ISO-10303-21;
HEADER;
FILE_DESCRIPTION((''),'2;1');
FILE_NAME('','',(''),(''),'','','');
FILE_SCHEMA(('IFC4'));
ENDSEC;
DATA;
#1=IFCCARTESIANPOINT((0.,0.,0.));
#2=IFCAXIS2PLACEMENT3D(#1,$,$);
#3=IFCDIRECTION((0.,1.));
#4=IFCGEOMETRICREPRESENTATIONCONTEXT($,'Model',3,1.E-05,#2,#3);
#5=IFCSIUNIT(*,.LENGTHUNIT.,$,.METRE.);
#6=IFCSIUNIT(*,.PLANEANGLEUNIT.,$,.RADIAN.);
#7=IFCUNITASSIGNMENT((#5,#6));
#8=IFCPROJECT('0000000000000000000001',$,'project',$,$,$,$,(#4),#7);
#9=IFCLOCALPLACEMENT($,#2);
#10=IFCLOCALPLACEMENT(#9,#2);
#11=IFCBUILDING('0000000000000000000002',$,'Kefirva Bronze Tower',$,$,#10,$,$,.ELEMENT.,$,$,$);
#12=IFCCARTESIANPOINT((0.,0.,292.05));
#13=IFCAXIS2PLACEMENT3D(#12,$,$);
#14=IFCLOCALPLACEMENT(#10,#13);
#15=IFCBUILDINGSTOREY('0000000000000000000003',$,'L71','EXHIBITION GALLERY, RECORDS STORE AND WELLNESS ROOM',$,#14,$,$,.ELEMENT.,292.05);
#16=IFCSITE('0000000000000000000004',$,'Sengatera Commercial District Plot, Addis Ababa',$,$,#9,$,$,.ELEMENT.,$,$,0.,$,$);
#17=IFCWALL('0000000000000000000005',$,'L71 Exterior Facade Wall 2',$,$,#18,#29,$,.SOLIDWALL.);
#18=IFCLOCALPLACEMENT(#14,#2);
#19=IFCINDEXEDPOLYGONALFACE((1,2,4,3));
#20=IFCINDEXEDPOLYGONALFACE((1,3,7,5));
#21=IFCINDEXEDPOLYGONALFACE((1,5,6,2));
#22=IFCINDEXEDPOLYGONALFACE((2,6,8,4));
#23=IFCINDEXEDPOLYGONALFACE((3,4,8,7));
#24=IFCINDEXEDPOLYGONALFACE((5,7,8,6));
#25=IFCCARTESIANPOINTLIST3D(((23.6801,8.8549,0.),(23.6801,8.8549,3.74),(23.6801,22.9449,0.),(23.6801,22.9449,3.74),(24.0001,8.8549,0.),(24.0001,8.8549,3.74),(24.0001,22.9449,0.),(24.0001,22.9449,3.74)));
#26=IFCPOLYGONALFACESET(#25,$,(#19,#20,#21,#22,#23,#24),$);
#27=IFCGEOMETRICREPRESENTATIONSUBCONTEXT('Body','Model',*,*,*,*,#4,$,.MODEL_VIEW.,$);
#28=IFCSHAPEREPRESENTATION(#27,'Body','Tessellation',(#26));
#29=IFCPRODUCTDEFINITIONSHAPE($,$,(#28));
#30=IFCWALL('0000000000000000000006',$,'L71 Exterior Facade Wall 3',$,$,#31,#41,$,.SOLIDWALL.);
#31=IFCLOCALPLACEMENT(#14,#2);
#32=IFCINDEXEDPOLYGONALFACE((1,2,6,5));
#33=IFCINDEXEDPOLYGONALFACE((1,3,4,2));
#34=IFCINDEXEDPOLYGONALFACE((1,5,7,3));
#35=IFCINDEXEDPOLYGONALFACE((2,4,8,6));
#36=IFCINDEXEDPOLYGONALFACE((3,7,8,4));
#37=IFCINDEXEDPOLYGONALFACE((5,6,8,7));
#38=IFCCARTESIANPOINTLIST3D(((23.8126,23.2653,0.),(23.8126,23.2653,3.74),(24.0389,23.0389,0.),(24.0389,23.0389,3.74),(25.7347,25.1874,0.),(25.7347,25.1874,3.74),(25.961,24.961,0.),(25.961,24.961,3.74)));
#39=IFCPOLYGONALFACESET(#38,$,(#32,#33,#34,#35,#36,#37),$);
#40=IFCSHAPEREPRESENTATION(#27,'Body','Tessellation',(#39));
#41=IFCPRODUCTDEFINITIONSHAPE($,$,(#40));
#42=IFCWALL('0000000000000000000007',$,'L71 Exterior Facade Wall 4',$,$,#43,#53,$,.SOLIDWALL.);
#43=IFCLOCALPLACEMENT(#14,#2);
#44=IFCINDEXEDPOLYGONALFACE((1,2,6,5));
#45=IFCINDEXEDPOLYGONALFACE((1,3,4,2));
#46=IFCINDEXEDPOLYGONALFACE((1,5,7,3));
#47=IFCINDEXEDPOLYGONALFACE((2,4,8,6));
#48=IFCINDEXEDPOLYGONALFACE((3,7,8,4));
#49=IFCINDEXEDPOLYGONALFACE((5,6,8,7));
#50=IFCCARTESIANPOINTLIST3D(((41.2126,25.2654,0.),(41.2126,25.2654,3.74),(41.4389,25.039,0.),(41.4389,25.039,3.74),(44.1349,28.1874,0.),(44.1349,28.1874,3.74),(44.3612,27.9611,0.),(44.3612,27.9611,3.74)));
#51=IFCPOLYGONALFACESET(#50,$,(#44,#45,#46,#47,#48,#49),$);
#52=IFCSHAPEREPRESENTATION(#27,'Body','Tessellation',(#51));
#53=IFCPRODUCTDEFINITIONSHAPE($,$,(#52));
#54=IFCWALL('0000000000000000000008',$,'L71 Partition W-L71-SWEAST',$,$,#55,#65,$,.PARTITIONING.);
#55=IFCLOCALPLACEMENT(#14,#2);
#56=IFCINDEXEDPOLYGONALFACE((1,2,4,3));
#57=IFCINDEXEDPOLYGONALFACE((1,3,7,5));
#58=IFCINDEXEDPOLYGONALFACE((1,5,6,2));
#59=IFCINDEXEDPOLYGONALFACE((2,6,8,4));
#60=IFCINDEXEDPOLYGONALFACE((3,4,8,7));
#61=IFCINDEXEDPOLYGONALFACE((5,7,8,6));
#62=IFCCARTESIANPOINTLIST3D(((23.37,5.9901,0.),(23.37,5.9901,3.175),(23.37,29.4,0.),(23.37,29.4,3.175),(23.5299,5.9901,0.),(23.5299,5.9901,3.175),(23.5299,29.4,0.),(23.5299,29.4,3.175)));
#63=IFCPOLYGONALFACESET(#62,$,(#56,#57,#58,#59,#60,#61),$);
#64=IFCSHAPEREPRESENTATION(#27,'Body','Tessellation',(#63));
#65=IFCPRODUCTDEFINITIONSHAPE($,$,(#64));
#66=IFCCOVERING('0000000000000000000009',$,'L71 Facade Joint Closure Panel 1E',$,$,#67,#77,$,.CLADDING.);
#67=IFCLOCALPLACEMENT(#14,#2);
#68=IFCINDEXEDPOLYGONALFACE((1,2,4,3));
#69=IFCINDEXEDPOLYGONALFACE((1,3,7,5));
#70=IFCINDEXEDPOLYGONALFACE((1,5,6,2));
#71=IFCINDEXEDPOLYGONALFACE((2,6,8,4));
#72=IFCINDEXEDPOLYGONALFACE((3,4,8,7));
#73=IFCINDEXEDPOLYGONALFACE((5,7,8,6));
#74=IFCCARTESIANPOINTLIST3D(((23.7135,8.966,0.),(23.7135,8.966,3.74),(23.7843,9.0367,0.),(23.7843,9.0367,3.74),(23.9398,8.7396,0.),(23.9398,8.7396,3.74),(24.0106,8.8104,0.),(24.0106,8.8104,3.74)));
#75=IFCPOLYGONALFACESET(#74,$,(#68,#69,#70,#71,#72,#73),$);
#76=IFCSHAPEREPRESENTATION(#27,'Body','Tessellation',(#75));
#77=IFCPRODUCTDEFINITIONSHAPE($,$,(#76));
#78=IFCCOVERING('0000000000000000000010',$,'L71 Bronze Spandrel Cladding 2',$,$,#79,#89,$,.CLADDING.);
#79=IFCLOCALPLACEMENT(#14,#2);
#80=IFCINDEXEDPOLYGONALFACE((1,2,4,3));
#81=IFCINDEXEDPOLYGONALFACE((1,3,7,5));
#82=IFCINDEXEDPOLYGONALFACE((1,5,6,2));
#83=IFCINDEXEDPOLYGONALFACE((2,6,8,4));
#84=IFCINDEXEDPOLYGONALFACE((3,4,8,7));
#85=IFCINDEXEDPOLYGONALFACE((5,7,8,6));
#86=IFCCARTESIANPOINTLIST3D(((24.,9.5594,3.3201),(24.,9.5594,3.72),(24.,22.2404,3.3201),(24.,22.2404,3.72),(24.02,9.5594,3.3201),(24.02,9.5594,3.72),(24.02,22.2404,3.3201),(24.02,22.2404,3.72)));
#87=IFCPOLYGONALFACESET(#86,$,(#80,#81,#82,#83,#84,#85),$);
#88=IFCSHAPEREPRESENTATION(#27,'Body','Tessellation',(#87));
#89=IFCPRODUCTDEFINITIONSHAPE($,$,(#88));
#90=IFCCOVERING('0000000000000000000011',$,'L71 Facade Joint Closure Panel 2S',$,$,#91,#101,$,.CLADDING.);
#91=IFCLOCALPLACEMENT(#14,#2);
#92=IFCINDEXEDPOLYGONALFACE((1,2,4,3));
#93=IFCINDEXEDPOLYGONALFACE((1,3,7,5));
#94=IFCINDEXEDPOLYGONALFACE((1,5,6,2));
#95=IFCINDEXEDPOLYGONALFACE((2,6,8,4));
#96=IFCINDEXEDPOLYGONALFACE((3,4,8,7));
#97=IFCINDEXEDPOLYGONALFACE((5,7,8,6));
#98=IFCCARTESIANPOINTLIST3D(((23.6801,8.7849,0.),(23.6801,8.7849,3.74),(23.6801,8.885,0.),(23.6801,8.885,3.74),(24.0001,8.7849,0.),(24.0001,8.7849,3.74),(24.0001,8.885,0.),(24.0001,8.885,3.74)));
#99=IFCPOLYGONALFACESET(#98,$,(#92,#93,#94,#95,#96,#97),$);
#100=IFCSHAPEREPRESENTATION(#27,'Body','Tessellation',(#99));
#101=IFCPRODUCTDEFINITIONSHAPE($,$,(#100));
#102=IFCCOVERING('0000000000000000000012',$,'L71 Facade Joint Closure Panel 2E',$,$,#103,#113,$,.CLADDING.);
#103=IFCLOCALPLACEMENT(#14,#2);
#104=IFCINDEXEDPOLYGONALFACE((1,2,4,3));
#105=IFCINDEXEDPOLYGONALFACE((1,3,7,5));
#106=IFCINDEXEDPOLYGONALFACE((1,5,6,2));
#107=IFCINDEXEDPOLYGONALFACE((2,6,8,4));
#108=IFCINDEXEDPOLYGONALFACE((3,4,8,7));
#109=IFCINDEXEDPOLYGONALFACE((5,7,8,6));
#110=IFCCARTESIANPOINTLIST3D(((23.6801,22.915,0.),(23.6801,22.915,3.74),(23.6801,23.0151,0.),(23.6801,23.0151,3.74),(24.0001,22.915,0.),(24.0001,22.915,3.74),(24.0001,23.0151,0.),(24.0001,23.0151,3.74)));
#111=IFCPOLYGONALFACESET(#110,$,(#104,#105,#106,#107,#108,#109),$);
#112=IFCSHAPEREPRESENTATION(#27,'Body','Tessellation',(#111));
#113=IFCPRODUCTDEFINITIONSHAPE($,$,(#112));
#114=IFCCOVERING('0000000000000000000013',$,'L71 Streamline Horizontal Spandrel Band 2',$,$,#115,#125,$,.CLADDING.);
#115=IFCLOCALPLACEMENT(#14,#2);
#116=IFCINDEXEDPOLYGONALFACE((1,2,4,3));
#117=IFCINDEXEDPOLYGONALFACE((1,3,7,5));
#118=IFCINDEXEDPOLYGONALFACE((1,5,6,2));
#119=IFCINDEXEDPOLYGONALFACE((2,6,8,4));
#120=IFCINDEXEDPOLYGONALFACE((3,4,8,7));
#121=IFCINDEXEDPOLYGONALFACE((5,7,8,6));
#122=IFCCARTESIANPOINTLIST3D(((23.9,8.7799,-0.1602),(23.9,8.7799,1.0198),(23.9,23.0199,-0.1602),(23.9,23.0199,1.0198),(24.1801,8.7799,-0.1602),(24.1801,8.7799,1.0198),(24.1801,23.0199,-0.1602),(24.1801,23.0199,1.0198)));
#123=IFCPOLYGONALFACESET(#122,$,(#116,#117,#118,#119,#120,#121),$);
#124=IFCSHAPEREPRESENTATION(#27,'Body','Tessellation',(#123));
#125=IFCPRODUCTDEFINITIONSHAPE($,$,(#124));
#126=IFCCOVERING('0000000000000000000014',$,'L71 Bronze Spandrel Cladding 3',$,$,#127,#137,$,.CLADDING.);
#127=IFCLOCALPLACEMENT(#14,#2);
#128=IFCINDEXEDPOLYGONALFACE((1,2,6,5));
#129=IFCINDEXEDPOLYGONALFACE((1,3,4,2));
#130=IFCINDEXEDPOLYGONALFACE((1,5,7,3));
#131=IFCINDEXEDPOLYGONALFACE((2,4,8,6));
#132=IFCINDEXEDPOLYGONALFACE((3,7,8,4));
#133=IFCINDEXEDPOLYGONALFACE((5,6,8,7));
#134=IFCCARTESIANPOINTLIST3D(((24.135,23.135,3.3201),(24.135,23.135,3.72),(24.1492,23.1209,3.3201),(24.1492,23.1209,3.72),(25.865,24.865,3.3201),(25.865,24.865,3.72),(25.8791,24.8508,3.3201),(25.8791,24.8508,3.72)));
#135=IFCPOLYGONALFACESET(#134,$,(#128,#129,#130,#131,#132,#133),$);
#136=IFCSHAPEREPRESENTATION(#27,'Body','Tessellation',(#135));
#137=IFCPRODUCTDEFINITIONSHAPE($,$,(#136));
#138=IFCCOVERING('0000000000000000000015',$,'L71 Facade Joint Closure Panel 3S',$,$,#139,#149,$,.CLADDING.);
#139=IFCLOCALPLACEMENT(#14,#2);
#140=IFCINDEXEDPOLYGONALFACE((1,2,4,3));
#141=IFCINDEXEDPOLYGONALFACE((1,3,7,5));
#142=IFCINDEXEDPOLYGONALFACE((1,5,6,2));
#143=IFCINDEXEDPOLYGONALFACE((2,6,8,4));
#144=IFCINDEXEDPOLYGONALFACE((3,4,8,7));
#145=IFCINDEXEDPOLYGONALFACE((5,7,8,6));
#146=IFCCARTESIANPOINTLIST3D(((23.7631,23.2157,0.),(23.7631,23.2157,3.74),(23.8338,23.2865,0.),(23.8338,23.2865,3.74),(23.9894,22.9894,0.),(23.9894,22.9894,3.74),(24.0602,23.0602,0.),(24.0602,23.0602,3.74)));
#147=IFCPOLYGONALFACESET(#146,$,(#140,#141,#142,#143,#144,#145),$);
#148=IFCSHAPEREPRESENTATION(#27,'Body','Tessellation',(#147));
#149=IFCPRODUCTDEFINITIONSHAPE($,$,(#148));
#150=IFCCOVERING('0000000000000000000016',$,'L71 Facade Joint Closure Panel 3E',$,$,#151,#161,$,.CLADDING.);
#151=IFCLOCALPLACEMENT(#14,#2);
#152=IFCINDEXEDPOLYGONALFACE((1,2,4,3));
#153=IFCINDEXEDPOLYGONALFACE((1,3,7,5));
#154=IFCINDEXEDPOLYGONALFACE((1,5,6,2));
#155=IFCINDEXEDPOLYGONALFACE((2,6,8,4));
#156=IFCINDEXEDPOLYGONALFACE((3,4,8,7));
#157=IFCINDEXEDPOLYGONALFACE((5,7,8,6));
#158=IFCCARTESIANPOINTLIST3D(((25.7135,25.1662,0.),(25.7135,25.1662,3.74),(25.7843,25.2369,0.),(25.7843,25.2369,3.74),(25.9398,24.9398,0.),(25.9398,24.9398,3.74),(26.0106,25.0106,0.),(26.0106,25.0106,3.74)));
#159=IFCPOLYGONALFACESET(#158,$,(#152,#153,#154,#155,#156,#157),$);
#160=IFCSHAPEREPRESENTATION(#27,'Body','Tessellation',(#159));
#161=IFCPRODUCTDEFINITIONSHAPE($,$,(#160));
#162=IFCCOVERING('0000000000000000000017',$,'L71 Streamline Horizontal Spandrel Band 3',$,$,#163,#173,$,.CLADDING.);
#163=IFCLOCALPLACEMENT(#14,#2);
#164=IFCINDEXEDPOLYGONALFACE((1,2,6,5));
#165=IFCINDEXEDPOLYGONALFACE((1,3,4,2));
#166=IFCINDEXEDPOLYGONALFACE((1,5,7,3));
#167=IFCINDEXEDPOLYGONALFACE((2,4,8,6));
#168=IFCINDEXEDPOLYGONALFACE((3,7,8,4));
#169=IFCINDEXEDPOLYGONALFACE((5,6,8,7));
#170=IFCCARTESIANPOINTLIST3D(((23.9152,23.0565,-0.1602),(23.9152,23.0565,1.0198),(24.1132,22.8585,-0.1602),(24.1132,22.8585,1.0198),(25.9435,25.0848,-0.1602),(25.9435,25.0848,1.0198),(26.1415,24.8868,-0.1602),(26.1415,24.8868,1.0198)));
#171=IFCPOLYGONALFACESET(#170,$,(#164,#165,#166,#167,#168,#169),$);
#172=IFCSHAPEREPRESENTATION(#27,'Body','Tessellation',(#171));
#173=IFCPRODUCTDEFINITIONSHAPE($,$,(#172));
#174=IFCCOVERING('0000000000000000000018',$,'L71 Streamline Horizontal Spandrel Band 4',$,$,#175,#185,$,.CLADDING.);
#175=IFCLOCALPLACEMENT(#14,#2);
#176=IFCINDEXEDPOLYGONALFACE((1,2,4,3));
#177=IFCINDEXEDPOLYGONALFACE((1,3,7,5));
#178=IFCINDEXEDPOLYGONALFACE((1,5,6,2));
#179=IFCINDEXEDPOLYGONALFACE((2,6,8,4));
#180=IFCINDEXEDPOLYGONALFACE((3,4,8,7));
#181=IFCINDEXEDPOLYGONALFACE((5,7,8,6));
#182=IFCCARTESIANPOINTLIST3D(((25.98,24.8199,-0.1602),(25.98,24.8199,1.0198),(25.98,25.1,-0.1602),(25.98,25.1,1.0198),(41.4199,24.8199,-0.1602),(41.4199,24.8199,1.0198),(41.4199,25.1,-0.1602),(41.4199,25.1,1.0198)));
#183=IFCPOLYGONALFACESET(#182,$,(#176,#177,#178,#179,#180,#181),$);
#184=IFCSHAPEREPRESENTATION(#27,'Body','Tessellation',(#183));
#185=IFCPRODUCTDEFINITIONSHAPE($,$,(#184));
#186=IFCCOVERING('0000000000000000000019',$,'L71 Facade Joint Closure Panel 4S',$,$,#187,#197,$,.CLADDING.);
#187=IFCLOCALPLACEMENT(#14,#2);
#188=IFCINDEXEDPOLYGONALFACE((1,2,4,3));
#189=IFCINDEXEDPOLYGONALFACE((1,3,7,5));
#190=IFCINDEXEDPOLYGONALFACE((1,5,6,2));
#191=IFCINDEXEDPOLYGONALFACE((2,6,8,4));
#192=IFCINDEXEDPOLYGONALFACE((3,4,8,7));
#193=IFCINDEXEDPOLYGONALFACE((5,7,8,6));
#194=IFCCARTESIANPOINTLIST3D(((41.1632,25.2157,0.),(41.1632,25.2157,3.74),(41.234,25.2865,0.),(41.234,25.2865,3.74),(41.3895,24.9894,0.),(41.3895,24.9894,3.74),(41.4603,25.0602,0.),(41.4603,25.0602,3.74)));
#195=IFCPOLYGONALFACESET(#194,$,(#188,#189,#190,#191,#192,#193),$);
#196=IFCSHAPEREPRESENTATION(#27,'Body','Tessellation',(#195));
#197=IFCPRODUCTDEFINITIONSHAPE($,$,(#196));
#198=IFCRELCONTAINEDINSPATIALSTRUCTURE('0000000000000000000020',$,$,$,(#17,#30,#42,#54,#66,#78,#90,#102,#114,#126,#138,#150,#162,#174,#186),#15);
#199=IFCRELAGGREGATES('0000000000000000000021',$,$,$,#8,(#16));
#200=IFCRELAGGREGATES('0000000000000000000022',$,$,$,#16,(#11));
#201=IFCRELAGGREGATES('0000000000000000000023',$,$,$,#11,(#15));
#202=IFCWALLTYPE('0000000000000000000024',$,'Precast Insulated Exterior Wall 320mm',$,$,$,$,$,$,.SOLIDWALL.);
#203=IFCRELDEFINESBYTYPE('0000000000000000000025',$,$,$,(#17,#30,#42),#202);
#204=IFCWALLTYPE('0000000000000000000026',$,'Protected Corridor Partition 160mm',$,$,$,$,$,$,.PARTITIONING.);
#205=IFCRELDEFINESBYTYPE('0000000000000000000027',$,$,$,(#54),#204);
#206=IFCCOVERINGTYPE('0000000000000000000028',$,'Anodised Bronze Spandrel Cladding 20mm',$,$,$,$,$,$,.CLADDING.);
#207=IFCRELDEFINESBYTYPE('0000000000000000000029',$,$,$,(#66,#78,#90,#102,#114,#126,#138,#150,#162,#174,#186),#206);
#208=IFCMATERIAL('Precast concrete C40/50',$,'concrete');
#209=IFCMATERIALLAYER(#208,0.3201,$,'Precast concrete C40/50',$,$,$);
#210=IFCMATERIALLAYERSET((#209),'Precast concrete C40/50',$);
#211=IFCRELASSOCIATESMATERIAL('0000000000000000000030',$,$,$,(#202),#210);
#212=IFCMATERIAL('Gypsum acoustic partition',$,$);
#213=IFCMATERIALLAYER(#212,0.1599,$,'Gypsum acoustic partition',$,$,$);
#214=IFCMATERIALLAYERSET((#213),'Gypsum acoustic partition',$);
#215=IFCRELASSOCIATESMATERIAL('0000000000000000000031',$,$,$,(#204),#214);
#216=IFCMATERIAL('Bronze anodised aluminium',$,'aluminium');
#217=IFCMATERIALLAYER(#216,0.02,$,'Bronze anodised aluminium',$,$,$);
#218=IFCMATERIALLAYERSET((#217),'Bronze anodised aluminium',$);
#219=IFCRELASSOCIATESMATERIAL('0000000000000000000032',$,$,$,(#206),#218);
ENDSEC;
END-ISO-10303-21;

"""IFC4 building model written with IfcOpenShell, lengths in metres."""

from ifc_helpers import new_model, si_unit, direction, frame, frame_2d, origin, origin_2d, place, context, subcontext, project, spatial, rectangle, extrude, material, layer, layer_set, type_object, element, save


model = new_model("IFC4")

# Units and contexts
model_context = context("Model", 3, precision=1e-05, world=origin(), true_north=direction((0.0, 1.0)))
body_context = subcontext(model_context, "Body", "Model", "MODEL_VIEW")
ifc_project = project(units=[si_unit("LENGTHUNIT", "METRE"), si_unit("PLANEANGLEUNIT", "RADIAN")], contexts=[model_context])

# Site, building, storey
site_placement = place(None, origin())
site = spatial("IfcSite", under=ifc_project, at=site_placement, Name="Sengatera Commercial District Plot, Addis Ababa", CompositionType="ELEMENT", RefElevation=0.0)
building_placement = place(site_placement, origin())
building = spatial("IfcBuilding", under=site, at=building_placement, Name="Kefirva Bronze Tower", CompositionType="ELEMENT")
storey_placement = place(building_placement, frame((0.0, 0.0, 292.05)))
storey = spatial("IfcBuildingStorey", under=building, at=storey_placement, Name="L71", Description="EXHIBITION GALLERY, RECORDS STORE AND WELLNESS ROOM", CompositionType="ELEMENT", Elevation=292.05)

# Shared definitions
ifc_material_1 = material(Name="Bronze anodised aluminium", Category="aluminium")

# Walls
ifc_material_2 = material(Name="Gypsum acoustic partition")
ifc_material_3 = material(Name="Precast concrete C40/50", Category="concrete")
ifc_layer_1 = layer(ifc_material_3, 0.3201, Name="Precast concrete C40/50")
ifc_layer_set_1 = layer_set([ifc_layer_1], Name="Precast concrete C40/50")
wall_type_1 = type_object("IfcWallType", Name="Precast Insulated Exterior Wall 320mm", PredefinedType="SOLIDWALL", material=ifc_layer_set_1)
wall_1_placement = place(storey_placement, frame((23.8401, 8.855, 0.0), z_axis=(0.0, 0.0, 1.0), x_axis=(0.0, 1.0, 0.0)))
element("IfcWall", 1, at=wall_1_placement, inside=storey, type_object=wall_type_1, Name="L71 Exterior Facade Wall 2", PredefinedType="SOLIDWALL", context=body_context, shape_type="SweptSolid", body=[
    extrude(rectangle(XDim=14.0901, YDim=0.3201, at=frame_2d((7.0449, 0.0))), origin(), (0.0, 0.0, 1.0), 3.74),
])
wall_2_placement = place(storey_placement, frame((23.9258, 23.1521, 0.0), z_axis=(0.0, 0.0, 1.0), x_axis=(0.707107, 0.707107, 0.0)))
element("IfcWall", 2, at=wall_2_placement, inside=storey, type_object=wall_type_1, Name="L71 Exterior Facade Wall 3", PredefinedType="SOLIDWALL", context=body_context, shape_type="SweptSolid", body=[
    extrude(rectangle(XDim=2.7183, YDim=0.3201, at=frame_2d((1.3591, 0.0))), origin(), (0.0, 0.0, 1.0), 3.74),
])
wall_3_placement = place(storey_placement, frame((41.3257, 25.1521, 0.0), z_axis=(0.0, 0.0, 1.0), x_axis=(0.707136, 0.707077, 0.0)))
element("IfcWall", 3, at=wall_3_placement, inside=storey, type_object=wall_type_1, Name="L71 Exterior Facade Wall 4", PredefinedType="SOLIDWALL", context=body_context, shape_type="SweptSolid", body=[
    extrude(rectangle(XDim=4.1326, YDim=0.3201, at=frame_2d((2.0664, 0.0))), origin(), (0.0, 0.0, 1.0), 3.74),
])
ifc_layer_2 = layer(ifc_material_2, 0.1599, Name="Gypsum acoustic partition")
ifc_layer_set_2 = layer_set([ifc_layer_2], Name="Gypsum acoustic partition")
wall_type_2 = type_object("IfcWallType", Name="Protected Corridor Partition 160mm", PredefinedType="PARTITIONING", material=ifc_layer_set_2)
wall_4_placement = place(storey_placement, frame((23.45, 5.99, 0.0), z_axis=(0.0, 0.0, 1.0), x_axis=(0.0, 1.0, 0.0)))
element("IfcWall", 4, at=wall_4_placement, inside=storey, type_object=wall_type_2, Name="L71 Partition W-L71-SWEAST", PredefinedType="PARTITIONING", context=body_context, shape_type="SweptSolid", body=[
    extrude(rectangle(XDim=23.4099, YDim=0.1599, at=frame_2d((11.7051, 0.0))), origin(), (0.0, 0.0, 1.0), 3.175),
])

# Coverings
ifc_layer_3 = layer(ifc_material_1, 0.02, Name="Bronze anodised aluminium")
ifc_layer_set_3 = layer_set([ifc_layer_3], Name="Bronze anodised aluminium")
covering_type_1 = type_object("IfcCoveringType", Name="Anodised Bronze Spandrel Cladding 20mm", PredefinedType="CLADDING", material=ifc_layer_set_3)
covering_1_placement = place(storey_placement, frame((23.8621, 8.8882, 0.0), z_axis=(0.0, 0.0, 1.0), x_axis=(0.707107, 0.707107, 0.0)))
element("IfcCovering", 5, at=covering_1_placement, inside=storey, type_object=covering_type_1, Name="L71 Facade Joint Closure Panel 1E", PredefinedType="CLADDING", context=body_context, shape_type="SweptSolid", body=[
    extrude(rectangle(XDim=0.1001, YDim=0.3201, at=origin_2d()), origin(), (0.0, 0.0, 1.0), 3.74),
])
covering_2_placement = place(storey_placement, frame((24.01, 15.8999, 3.3201), z_axis=(0.0, 0.0, 1.0), x_axis=(0.0, 1.0, 0.0)))
element("IfcCovering", 6, at=covering_2_placement, inside=storey, type_object=covering_type_1, Name="L71 Bronze Spandrel Cladding 2", PredefinedType="CLADDING", context=body_context, shape_type="SweptSolid", body=[
    extrude(rectangle(XDim=12.6809, YDim=0.02, at=origin_2d()), origin(), (0.0, 0.0, 1.0), 0.3999),
])
for number, where, z_axis, x_axis, name in (
    (7, (23.8401, 8.835, 0.0), (0.0, 0.0, 1.0), (0.0, 1.0, 0.0), "L71 Facade Joint Closure Panel 2S"),
    (8, (23.8401, 22.9651, 0.0), (0.0, 0.0, 1.0), (0.0, 1.0, 0.0), "L71 Facade Joint Closure Panel 2E"),
):
    element("IfcCovering", number, at=place(storey_placement, frame(where, z_axis=z_axis, x_axis=x_axis)), inside=storey, type_object=covering_type_1, Name=name, PredefinedType="CLADDING", context=body_context, shape_type="SweptSolid", body=[
        extrude(rectangle(XDim=0.1001, YDim=0.3201, at=origin_2d()), origin(), (0.0, 0.0, 1.0), 3.74),
    ])
covering_3_placement = place(storey_placement, frame((24.04, 15.8999, -0.1602), z_axis=(0.0, 0.0, 1.0), x_axis=(0.0, 1.0, 0.0)))
element("IfcCovering", 9, at=covering_3_placement, inside=storey, type_object=covering_type_1, Name="L71 Streamline Horizontal Spandrel Band 2", PredefinedType="CLADDING", context=body_context, shape_type="SweptSolid", body=[
    extrude(rectangle(XDim=14.24, YDim=0.28, at=origin_2d()), origin(), (0.0, 0.0, 1.0), 1.1799),
])
covering_4_placement = place(storey_placement, frame((25.0071, 23.9929, 3.3201), z_axis=(0.0, 0.0, 1.0), x_axis=(0.707107, 0.707107, 0.0)))
element("IfcCovering", 10, at=covering_4_placement, inside=storey, type_object=covering_type_1, Name="L71 Bronze Spandrel Cladding 3", PredefinedType="CLADDING", context=body_context, shape_type="SweptSolid", body=[
    extrude(rectangle(XDim=2.4465, YDim=0.02, at=origin_2d()), origin(), (0.0, 0.0, 1.0), 0.3999),
])
for number, where, z_axis, x_axis, name in (
    (11, (23.9116, 23.1379, 0.0), (0.0, 0.0, 1.0), (0.707107, 0.707107, 0.0), "L71 Facade Joint Closure Panel 3S"),
    (12, (25.8621, 25.0884, 0.0), (0.0, 0.0, 1.0), (0.707107, 0.707107, 0.0), "L71 Facade Joint Closure Panel 3E"),
):
    element("IfcCovering", number, at=place(storey_placement, frame(where, z_axis=z_axis, x_axis=x_axis)), inside=storey, type_object=covering_type_1, Name=name, PredefinedType="CLADDING", context=body_context, shape_type="SweptSolid", body=[
        extrude(rectangle(XDim=0.1001, YDim=0.3201, at=origin_2d()), origin(), (0.0, 0.0, 1.0), 3.74),
    ])
covering_5_placement = place(storey_placement, frame((25.0283, 23.9717, -0.1602), z_axis=(0.0, 0.0, 1.0), x_axis=(0.707107, 0.707107, 0.0)))
element("IfcCovering", 13, at=covering_5_placement, inside=storey, type_object=covering_type_1, Name="L71 Streamline Horizontal Spandrel Band 3", PredefinedType="CLADDING", context=body_context, shape_type="SweptSolid", body=[
    extrude(rectangle(XDim=2.8684, YDim=0.28, at=origin_2d()), origin(), (0.0, 0.0, 1.0), 1.1799),
])
covering_6_placement = place(storey_placement, frame((33.7, 24.96, -0.1602), z_axis=(0.0, 0.0, 1.0), x_axis=(1.0, 0.0, 0.0)))
element("IfcCovering", 14, at=covering_6_placement, inside=storey, type_object=covering_type_1, Name="L71 Streamline Horizontal Spandrel Band 4", PredefinedType="CLADDING", context=body_context, shape_type="SweptSolid", body=[
    extrude(rectangle(XDim=15.4399, YDim=0.28, at=origin_2d()), origin(), (0.0, 0.0, 1.0), 1.1799),
])
covering_7_placement = place(storey_placement, frame((41.3118, 25.1379, 0.0), z_axis=(0.0, 0.0, 1.0), x_axis=(0.707107, 0.707107, 0.0)))
element("IfcCovering", 15, at=covering_7_placement, inside=storey, type_object=covering_type_1, Name="L71 Facade Joint Closure Panel 4S", PredefinedType="CLADDING", context=body_context, shape_type="SweptSolid", body=[
    extrude(rectangle(XDim=0.1001, YDim=0.3201, at=origin_2d()), origin(), (0.0, 0.0, 1.0), 3.74),
])

save(model, "model.ifc")
